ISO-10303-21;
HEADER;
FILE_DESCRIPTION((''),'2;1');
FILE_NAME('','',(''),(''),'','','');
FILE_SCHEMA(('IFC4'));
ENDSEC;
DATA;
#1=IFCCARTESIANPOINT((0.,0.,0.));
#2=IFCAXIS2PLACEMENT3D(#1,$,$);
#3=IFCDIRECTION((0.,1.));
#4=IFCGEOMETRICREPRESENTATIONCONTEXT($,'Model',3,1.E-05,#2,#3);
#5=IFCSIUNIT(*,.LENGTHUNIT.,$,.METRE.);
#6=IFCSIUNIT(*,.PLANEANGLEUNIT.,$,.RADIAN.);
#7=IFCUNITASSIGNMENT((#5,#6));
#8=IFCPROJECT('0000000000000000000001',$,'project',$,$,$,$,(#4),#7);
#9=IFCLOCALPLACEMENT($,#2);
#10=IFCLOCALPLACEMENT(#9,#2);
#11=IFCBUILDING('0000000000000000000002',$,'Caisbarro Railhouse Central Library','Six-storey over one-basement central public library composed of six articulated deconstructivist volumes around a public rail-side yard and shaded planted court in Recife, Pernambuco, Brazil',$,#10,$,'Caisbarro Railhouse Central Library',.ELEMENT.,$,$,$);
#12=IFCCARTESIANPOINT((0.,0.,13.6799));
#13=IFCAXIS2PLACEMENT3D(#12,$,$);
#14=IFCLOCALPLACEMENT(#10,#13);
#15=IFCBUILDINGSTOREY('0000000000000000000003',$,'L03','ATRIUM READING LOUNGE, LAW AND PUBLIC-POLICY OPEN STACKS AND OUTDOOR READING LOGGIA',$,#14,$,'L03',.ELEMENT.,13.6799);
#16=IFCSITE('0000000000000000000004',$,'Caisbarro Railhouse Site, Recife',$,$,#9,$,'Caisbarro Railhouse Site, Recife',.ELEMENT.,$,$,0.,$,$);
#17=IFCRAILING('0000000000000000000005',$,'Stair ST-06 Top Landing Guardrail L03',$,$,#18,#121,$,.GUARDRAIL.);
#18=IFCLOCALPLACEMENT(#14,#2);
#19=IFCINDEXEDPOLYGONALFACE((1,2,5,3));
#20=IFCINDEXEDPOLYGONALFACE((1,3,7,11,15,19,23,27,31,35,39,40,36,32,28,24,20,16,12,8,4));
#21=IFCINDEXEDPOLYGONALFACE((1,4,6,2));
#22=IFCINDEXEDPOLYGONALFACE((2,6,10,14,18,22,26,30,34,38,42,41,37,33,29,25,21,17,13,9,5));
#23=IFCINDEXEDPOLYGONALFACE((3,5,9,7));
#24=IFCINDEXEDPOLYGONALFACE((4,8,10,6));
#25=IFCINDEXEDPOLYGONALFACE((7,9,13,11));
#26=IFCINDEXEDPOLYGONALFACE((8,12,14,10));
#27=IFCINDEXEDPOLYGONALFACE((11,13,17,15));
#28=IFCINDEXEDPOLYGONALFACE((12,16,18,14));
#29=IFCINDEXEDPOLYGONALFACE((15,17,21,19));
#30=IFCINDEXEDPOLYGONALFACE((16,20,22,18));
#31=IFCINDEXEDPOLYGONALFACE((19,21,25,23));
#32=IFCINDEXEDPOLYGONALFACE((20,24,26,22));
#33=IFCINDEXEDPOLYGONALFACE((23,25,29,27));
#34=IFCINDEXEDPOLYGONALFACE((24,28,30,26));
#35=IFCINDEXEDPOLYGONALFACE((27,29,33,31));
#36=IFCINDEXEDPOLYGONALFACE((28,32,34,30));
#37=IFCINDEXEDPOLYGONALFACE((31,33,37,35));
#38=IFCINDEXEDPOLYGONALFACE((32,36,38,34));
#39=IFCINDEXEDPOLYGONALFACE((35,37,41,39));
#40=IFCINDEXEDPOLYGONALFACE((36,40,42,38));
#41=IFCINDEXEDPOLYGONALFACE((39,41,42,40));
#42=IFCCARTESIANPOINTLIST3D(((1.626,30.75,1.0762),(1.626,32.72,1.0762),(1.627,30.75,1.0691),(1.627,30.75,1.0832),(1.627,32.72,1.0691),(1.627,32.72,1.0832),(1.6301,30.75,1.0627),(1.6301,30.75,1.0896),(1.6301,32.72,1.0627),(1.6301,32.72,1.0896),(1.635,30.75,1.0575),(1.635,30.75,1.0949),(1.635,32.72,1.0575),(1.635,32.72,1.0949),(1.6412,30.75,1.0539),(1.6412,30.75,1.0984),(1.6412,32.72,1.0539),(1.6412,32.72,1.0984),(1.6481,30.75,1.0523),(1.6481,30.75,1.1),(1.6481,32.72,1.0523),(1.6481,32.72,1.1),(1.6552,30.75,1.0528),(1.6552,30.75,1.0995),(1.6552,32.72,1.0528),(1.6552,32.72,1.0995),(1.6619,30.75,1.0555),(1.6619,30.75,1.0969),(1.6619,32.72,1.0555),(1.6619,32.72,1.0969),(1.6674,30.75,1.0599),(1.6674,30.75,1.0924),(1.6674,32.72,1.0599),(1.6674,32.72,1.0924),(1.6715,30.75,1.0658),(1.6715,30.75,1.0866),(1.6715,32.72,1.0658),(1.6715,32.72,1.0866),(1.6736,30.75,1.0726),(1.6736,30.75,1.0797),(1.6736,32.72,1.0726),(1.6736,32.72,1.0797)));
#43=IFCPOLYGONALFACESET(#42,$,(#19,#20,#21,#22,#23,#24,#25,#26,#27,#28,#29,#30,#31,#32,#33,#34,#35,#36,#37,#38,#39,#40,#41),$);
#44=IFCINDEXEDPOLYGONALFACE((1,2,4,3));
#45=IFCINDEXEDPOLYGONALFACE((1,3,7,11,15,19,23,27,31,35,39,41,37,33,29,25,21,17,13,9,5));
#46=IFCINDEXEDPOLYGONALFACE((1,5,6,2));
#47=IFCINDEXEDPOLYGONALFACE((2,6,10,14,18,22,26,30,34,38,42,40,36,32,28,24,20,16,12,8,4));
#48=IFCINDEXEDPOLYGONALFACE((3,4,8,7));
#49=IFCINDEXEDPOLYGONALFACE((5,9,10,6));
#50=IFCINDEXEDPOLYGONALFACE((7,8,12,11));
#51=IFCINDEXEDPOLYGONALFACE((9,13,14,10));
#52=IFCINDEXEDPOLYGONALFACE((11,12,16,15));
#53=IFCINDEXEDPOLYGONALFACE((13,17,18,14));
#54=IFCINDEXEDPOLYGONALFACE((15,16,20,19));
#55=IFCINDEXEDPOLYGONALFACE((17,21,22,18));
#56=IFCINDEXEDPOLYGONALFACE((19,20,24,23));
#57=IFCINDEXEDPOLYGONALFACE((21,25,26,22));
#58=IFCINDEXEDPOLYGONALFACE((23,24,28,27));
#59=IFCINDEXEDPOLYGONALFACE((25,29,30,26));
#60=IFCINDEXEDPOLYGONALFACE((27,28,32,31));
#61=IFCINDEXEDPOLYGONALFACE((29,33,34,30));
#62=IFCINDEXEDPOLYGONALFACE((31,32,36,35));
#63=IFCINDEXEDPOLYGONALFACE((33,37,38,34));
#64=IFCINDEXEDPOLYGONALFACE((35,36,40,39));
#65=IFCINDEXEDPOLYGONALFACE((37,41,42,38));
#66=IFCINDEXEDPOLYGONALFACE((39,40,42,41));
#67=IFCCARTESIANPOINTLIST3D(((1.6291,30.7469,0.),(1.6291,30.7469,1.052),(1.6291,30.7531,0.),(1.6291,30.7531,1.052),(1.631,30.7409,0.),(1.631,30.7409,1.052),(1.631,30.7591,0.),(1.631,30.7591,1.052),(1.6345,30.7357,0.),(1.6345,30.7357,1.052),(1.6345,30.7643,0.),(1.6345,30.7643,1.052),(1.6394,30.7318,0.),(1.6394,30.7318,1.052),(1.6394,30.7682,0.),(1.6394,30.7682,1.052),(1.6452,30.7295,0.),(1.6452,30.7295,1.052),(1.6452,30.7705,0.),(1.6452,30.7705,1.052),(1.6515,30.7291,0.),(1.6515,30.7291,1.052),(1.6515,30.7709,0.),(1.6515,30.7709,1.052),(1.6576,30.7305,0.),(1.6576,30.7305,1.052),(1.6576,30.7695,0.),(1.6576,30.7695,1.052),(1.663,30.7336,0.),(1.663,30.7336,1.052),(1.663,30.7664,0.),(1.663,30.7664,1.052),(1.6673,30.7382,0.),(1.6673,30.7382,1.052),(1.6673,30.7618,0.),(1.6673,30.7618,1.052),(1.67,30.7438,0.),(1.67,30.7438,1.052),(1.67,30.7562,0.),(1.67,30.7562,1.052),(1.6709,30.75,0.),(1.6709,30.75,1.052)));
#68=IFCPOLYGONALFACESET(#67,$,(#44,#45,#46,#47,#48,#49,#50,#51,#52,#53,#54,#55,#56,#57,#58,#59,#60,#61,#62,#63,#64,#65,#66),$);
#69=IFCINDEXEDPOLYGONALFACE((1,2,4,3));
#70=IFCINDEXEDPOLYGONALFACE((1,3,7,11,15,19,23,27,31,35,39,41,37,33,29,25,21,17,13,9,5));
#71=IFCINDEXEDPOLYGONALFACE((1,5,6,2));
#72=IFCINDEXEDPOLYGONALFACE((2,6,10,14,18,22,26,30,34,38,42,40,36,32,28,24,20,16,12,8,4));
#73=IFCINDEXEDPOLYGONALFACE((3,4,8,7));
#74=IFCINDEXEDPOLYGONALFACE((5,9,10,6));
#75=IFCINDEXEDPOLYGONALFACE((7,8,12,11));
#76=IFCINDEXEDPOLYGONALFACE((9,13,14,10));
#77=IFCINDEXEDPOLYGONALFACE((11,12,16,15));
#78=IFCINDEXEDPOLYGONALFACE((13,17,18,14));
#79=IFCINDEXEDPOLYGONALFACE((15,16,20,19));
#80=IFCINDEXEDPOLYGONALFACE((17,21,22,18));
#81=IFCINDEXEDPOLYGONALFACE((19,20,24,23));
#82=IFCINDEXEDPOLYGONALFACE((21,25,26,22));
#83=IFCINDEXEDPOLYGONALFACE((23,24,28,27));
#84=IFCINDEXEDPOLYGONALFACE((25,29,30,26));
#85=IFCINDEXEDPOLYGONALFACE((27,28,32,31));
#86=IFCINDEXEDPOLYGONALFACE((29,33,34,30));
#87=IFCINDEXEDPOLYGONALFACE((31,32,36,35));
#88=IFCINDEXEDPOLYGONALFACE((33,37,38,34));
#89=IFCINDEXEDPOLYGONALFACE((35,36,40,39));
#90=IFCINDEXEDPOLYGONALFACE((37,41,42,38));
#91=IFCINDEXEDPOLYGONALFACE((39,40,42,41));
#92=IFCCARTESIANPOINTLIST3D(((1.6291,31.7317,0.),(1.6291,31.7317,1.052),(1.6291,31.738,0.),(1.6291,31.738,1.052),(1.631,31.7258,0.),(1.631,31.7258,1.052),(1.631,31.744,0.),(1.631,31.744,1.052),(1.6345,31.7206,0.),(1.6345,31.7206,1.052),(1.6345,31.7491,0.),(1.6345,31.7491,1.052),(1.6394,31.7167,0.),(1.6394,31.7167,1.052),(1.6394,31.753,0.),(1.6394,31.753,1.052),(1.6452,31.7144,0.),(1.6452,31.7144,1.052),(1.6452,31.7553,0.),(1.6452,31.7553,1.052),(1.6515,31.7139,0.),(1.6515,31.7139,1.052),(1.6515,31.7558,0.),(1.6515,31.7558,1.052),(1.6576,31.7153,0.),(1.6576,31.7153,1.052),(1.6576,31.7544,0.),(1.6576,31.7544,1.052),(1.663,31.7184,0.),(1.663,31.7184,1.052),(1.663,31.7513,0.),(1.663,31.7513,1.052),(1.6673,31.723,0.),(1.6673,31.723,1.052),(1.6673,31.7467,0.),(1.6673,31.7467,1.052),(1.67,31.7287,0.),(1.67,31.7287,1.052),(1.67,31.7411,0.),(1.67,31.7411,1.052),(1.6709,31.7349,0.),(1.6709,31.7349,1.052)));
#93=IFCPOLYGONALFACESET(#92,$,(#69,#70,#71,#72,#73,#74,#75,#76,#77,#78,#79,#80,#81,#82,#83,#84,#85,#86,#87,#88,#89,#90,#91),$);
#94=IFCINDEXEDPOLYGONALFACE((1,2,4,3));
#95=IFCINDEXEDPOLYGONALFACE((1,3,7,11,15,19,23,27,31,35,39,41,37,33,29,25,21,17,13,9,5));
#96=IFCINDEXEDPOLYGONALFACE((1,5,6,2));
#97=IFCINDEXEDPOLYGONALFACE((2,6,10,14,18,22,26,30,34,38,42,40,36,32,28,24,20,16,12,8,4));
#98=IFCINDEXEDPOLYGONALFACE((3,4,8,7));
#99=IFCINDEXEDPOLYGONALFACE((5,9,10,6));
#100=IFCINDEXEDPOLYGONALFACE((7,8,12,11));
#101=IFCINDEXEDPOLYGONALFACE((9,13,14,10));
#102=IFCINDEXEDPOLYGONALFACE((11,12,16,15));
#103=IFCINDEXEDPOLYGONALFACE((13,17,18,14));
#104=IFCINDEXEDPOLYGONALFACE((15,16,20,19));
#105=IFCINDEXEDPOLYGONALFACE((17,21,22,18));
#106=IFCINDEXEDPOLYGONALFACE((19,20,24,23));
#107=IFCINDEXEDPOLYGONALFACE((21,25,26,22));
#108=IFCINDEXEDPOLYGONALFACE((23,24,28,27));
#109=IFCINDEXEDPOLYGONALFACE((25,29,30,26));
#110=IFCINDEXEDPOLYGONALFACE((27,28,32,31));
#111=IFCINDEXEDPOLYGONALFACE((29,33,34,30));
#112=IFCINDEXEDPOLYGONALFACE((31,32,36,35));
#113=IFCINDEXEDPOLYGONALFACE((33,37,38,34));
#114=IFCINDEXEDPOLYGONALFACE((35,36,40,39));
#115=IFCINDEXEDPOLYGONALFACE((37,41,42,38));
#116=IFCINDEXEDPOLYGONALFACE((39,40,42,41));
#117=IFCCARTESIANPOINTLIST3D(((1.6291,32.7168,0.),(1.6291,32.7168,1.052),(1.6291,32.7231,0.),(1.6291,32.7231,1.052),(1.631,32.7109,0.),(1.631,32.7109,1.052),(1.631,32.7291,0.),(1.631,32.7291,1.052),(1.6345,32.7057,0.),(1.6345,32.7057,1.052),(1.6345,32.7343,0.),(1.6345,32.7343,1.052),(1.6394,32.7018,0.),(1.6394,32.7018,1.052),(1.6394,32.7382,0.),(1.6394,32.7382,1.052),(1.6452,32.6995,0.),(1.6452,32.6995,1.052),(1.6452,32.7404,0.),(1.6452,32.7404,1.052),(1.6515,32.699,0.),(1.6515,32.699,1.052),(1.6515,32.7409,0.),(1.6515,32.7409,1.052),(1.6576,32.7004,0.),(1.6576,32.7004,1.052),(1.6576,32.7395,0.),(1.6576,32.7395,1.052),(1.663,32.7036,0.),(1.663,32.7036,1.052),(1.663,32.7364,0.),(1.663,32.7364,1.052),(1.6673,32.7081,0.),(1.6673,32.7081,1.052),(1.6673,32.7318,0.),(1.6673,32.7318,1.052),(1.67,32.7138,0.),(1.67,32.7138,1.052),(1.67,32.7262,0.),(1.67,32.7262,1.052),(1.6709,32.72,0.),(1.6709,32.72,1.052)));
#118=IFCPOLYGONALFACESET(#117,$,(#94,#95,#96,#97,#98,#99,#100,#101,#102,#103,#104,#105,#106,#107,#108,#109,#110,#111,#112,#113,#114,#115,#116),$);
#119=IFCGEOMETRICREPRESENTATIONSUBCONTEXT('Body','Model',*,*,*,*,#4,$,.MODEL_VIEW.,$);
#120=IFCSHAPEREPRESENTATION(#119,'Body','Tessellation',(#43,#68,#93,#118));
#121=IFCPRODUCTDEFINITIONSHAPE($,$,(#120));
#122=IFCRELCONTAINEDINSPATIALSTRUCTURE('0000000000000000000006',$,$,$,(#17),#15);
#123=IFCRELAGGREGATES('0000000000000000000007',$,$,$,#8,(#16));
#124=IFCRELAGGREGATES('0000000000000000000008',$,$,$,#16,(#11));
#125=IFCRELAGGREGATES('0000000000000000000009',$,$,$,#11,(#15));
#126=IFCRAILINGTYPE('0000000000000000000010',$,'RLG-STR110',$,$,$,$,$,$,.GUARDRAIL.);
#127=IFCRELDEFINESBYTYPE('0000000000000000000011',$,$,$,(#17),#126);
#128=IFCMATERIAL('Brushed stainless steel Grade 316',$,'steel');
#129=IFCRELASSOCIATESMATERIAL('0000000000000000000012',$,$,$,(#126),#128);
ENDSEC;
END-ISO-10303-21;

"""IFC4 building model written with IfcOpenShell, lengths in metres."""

from ifc_helpers import new_model, si_unit, direction, frame, origin, origin_2d, place, context, subcontext, project, spatial, circle, extrude, material, type_object, element, save


model = new_model("IFC4")

# Units and contexts
model_context = context("Model", 3, precision=1e-05, world=origin(), true_north=direction((0.0, 1.0)))
body_context = subcontext(model_context, "Body", "Model", "MODEL_VIEW")
ifc_project = project(units=[si_unit("LENGTHUNIT", "METRE"), si_unit("PLANEANGLEUNIT", "RADIAN")], contexts=[model_context])

# Site, building, storey
site_placement = place(None, origin())
site = spatial("IfcSite", under=ifc_project, at=site_placement, Name="Caisbarro Railhouse Site, Recife", LongName="Caisbarro Railhouse Site, Recife", CompositionType="ELEMENT", RefElevation=0.0)
building_placement = place(site_placement, origin())
building = spatial("IfcBuilding", under=site, at=building_placement, Name="Caisbarro Railhouse Central Library", Description="Six-storey over one-basement central public library composed of six articulated deconstructivist volumes around a public rail-side yard and shaded planted court in Recife, Pernambuco, Brazil", LongName="Caisbarro Railhouse Central Library", CompositionType="ELEMENT")
storey_placement = place(building_placement, frame((0.0, 0.0, 13.6799)))
storey = spatial("IfcBuildingStorey", under=building, at=storey_placement, Name="L03", Description="ATRIUM READING LOUNGE, LAW AND PUBLIC-POLICY OPEN STACKS AND OUTDOOR READING LOGGIA", LongName="L03", CompositionType="ELEMENT", Elevation=13.6799)

# Railing
ifc_material_1 = material(Name="Brushed stainless steel Grade 316", Category="steel")
railing_type = type_object("IfcRailingType", Name="RLG-STR110", PredefinedType="GUARDRAIL", material=ifc_material_1)
railing_placement = place(storey_placement, frame((1.6499, 30.75, 0.0)))
element("IfcRailing", 1, at=railing_placement, inside=storey, type_object=railing_type, Name="Stair ST-06 Top Landing Guardrail L03", PredefinedType="GUARDRAIL", context=body_context, shape_type="SweptSolid", body=[
    extrude(circle(Radius=0.0239, at=origin_2d()), frame((0.0, 0.0, 1.0762), z_axis=(0.0, 1.0, 0.0), x_axis=(-1.0, 0.0, 0.0)), (0.0, 0.0, 1.0), 1.97),
    extrude(circle(Radius=0.021, at=origin_2d()), origin(), (0.0, 0.0, 1.0), 1.052),
    extrude(circle(Radius=0.021, at=origin_2d()), frame((0.0, 0.9849, 0.0)), (0.0, 0.0, 1.0), 1.052),
    extrude(circle(Radius=0.021, at=origin_2d()), frame((0.0, 1.97, 0.0)), (0.0, 0.0, 1.0), 1.052),
])

save(model, "model.ifc")
